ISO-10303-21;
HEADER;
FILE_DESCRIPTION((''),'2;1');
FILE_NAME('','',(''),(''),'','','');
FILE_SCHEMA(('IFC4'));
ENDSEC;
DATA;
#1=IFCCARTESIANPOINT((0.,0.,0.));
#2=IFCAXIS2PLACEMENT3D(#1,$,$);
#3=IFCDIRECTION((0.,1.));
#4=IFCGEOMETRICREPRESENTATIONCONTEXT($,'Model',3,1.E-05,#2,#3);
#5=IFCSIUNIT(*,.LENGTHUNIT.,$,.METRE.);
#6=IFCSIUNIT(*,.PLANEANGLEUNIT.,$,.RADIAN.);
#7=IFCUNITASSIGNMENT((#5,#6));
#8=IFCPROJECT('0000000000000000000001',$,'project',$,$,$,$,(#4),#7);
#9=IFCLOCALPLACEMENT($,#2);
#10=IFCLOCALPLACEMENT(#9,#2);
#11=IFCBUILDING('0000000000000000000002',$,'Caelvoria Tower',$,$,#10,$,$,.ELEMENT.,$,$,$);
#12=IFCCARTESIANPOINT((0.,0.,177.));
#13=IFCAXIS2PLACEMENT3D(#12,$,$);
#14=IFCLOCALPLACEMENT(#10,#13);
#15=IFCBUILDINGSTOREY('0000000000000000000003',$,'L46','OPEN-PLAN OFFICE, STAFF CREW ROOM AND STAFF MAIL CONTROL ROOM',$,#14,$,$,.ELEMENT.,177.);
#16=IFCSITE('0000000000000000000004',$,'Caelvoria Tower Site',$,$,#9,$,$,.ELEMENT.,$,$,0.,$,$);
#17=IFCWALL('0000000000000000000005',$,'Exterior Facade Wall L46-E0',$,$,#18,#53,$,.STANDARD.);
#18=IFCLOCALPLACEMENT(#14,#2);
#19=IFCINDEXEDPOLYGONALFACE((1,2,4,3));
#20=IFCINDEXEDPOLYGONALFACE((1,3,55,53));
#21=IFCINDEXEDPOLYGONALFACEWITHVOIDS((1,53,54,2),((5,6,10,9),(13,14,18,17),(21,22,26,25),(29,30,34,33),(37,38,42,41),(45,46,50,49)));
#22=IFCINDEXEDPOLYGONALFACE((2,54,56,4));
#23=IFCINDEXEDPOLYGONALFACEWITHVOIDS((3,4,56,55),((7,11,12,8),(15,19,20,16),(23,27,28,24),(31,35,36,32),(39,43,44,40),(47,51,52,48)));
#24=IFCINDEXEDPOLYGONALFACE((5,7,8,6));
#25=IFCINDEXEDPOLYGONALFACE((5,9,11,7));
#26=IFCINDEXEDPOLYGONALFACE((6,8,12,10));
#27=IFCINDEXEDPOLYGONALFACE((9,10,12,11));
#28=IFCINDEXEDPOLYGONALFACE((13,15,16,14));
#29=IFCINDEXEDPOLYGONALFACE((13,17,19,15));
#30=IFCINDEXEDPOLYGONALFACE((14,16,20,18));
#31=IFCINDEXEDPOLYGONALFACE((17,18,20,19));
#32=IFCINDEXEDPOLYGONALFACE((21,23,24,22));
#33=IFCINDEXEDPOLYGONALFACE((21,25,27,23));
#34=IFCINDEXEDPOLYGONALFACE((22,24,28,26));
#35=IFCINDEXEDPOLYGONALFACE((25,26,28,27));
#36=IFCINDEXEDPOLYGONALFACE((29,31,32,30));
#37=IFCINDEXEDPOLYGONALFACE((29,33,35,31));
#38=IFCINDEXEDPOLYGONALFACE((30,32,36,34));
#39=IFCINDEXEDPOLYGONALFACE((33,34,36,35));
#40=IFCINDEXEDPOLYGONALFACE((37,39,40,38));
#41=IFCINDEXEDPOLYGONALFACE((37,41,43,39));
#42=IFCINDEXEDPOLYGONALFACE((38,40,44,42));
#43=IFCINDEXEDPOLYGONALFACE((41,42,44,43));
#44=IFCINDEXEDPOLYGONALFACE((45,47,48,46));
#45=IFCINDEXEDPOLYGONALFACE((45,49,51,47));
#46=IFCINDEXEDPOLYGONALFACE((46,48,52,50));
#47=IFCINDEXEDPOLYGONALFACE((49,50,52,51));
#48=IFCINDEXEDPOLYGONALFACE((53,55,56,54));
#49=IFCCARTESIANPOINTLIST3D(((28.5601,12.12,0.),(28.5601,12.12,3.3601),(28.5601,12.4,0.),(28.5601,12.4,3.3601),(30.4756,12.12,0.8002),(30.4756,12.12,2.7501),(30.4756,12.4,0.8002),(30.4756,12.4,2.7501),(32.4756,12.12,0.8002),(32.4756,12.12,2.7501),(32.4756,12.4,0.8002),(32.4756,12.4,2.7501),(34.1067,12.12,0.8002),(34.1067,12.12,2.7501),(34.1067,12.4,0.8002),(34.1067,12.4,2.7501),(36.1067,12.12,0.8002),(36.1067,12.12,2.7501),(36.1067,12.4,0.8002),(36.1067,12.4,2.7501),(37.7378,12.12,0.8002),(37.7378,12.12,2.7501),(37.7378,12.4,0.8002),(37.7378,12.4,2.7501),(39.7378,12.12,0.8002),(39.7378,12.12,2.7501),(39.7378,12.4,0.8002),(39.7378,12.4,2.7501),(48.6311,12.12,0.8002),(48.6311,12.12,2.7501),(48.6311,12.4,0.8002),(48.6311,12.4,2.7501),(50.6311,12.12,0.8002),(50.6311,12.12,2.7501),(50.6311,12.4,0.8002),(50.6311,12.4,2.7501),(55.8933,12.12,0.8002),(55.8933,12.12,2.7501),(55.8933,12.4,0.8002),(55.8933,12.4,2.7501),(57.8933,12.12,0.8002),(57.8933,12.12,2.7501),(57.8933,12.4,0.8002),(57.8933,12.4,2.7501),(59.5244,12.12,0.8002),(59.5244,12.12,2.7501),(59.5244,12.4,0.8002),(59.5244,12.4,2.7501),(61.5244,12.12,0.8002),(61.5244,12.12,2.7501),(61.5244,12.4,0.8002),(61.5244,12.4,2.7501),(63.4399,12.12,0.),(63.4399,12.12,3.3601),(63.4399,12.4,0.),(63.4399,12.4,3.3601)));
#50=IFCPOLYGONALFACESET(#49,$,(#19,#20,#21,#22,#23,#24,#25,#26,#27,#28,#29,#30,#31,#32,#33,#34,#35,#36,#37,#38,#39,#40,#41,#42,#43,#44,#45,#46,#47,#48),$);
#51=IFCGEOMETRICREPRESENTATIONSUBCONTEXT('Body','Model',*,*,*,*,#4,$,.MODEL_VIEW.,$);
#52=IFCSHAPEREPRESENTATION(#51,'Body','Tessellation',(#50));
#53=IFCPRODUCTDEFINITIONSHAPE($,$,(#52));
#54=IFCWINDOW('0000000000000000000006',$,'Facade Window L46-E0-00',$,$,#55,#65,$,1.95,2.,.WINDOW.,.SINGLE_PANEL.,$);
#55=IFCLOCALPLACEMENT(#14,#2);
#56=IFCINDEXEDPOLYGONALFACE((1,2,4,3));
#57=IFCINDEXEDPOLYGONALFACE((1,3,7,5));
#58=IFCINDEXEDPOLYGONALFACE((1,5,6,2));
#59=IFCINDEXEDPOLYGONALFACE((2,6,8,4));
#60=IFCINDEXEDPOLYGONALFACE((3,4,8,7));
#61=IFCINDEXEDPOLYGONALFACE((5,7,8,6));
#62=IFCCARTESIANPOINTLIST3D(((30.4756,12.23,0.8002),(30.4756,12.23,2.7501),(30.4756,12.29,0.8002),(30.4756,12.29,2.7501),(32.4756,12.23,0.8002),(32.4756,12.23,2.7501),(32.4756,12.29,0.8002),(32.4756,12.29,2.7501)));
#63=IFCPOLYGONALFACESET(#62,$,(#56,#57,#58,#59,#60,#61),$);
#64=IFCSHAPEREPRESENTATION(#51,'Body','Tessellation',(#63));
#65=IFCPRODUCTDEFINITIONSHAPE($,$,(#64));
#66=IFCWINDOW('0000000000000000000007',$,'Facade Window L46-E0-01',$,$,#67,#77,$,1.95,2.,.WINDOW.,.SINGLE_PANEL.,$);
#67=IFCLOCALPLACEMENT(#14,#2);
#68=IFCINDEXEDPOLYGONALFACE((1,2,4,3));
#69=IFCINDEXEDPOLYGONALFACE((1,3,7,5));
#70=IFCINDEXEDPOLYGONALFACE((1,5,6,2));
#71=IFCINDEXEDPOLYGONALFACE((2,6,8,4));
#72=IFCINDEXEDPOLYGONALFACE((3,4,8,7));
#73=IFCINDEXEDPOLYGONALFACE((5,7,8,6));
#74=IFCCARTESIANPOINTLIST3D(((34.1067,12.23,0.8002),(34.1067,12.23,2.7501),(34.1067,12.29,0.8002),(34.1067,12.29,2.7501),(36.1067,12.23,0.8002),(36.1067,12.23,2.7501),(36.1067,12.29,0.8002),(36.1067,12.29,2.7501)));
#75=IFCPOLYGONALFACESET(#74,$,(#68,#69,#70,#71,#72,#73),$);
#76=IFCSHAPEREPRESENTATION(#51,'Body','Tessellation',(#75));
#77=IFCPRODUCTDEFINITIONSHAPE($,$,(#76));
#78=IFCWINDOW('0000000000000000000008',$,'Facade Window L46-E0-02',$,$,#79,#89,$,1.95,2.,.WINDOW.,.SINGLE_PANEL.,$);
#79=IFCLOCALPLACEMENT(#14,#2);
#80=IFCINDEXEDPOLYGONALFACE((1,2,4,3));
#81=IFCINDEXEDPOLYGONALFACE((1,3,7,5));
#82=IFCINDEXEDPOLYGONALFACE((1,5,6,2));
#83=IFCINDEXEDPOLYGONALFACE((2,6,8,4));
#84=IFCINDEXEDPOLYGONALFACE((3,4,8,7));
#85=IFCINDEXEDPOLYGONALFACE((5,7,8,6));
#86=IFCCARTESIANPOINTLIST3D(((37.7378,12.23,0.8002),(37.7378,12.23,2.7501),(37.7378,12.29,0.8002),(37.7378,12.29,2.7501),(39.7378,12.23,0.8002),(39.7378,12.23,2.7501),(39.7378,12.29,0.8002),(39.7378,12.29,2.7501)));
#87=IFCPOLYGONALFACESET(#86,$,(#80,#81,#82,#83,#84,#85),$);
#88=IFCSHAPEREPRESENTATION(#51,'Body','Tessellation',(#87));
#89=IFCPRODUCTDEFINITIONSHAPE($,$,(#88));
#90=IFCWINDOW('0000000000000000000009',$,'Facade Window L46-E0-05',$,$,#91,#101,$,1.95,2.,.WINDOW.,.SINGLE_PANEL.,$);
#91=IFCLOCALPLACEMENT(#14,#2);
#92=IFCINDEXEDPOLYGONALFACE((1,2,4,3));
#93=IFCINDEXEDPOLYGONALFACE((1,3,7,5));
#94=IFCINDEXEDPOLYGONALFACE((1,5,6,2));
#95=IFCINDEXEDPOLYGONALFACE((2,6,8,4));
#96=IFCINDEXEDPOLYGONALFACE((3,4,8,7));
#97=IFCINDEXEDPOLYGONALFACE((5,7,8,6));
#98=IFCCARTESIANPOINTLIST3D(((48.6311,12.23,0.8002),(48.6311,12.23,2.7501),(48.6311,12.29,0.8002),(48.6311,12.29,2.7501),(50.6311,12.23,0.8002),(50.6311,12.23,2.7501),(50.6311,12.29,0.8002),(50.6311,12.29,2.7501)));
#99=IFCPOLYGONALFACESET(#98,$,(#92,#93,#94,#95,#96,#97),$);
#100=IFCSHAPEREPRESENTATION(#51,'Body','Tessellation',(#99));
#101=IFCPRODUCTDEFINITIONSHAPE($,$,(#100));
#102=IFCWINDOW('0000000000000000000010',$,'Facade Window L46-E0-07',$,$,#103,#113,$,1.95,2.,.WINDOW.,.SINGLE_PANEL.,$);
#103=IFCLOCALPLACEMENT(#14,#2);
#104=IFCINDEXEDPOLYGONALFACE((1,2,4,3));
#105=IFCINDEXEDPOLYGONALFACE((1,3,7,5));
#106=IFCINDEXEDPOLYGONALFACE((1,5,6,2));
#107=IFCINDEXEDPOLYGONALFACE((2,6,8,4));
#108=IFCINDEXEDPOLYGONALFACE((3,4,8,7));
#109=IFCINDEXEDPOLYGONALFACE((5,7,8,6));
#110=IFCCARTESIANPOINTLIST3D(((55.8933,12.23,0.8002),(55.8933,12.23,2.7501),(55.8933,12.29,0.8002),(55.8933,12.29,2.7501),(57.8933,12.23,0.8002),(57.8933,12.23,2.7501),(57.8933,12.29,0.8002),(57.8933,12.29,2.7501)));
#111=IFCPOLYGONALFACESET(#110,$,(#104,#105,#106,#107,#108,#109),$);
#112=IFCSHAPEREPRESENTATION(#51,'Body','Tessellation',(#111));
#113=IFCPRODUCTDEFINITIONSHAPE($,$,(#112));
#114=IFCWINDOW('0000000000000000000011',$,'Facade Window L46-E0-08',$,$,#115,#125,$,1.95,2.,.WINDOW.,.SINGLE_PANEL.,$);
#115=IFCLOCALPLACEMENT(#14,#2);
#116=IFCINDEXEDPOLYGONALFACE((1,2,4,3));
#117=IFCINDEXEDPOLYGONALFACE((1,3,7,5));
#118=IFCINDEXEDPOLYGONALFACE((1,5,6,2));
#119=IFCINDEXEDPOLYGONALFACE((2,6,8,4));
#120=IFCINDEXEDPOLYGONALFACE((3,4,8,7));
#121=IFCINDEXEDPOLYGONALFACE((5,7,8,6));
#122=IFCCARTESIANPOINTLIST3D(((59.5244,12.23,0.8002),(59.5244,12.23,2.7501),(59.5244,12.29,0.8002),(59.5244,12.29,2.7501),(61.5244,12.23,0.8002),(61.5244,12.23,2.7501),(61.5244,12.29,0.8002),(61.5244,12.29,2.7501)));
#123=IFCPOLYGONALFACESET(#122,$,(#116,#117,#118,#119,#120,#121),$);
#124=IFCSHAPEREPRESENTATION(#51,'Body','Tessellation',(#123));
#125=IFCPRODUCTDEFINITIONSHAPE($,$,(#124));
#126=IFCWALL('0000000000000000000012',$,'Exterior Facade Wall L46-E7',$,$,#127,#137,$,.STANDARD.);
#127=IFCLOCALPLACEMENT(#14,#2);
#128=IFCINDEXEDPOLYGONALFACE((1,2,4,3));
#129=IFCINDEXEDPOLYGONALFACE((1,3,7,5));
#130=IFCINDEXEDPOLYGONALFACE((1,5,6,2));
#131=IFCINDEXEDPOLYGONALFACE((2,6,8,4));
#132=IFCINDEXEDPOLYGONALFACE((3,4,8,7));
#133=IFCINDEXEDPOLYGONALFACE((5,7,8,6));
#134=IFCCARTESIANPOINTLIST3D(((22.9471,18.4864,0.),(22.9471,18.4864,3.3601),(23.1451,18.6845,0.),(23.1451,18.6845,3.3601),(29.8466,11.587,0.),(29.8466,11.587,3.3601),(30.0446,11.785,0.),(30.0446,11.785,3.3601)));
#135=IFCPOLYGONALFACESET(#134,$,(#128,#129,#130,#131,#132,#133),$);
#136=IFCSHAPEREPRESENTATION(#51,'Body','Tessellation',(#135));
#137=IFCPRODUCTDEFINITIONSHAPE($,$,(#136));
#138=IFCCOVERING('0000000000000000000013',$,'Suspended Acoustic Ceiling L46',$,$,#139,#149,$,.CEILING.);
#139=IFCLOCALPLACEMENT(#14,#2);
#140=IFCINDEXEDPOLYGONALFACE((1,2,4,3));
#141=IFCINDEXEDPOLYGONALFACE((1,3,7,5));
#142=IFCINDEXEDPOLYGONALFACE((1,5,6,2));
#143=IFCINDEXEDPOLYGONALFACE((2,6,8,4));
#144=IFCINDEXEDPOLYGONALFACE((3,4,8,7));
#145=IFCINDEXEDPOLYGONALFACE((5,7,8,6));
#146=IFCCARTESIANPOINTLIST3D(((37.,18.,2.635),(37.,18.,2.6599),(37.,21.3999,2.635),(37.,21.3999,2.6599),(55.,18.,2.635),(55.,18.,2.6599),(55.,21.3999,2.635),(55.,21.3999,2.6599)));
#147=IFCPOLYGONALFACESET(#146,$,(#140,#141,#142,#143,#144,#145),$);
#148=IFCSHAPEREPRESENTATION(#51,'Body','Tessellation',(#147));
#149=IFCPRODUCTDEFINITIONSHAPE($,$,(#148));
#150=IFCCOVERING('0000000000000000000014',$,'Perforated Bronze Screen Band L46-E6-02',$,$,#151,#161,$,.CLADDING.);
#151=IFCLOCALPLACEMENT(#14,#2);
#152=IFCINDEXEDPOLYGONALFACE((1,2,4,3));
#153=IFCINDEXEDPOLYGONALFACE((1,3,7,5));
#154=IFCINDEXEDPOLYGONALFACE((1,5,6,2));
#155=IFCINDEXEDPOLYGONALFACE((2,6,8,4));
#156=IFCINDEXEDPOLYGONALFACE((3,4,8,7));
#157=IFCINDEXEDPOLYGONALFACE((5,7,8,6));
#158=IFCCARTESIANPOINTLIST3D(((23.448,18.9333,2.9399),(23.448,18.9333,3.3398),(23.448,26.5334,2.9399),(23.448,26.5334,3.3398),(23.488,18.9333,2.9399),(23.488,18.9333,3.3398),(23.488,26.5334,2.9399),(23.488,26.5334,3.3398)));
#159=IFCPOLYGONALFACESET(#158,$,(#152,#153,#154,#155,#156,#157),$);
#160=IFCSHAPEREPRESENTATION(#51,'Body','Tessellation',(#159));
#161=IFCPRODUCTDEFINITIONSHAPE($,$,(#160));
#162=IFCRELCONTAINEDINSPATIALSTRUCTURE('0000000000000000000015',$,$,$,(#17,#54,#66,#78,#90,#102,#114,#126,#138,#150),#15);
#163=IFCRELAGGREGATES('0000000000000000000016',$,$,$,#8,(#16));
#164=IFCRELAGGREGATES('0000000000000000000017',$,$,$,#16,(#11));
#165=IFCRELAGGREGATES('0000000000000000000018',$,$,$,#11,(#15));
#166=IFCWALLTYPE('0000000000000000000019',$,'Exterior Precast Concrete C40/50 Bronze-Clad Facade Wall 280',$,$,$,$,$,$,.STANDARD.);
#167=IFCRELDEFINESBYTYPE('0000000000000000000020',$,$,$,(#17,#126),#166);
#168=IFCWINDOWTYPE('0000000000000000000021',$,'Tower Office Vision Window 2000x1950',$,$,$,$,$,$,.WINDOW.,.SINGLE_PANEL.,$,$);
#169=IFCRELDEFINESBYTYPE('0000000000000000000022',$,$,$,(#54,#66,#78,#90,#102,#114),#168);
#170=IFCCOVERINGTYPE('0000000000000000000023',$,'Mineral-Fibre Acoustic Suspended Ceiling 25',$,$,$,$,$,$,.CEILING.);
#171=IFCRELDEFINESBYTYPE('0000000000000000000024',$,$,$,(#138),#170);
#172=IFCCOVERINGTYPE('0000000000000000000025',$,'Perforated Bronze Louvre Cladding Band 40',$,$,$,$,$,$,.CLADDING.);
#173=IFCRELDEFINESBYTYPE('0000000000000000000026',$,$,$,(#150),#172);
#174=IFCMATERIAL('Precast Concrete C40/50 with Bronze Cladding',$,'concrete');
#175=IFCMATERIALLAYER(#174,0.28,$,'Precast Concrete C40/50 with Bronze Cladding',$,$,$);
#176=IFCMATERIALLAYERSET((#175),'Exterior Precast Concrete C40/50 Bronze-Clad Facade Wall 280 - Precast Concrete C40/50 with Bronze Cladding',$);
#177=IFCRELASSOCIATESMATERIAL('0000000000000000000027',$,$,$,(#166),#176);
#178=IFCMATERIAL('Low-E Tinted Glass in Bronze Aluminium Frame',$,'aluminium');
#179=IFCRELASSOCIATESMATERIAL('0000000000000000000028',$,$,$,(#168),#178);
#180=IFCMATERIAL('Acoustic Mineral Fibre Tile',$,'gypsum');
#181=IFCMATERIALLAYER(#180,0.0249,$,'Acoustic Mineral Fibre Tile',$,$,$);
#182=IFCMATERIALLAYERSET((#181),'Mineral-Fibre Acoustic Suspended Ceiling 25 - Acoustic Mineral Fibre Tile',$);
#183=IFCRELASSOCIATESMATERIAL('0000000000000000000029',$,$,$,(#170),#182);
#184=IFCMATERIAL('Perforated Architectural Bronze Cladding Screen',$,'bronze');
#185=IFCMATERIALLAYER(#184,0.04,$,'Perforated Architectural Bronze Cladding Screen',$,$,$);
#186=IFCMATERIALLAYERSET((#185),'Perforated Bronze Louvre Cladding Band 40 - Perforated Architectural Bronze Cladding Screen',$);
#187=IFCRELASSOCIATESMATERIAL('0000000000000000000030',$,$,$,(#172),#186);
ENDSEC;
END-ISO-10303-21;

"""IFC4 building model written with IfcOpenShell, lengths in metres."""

from ifc_helpers import new_model, si_unit, direction, frame, frame_2d, origin, origin_2d, place, context, subcontext, project, spatial, polyline, rectangle, outline, extrude, material, layer, layer_set, type_object, element, fill, save


model = new_model("IFC4")

# Units and contexts
model_context = context("Model", 3, precision=1e-05, world=origin(), true_north=direction((0.0, 1.0)))
body_context = subcontext(model_context, "Body", "Model", "MODEL_VIEW")
ifc_project = project(units=[si_unit("LENGTHUNIT", "METRE"), si_unit("PLANEANGLEUNIT", "RADIAN")], contexts=[model_context])

# Site, building, storey
site_placement = place(None, origin())
site = spatial("IfcSite", under=ifc_project, at=site_placement, Name="Caelvoria Tower Site", CompositionType="ELEMENT", RefElevation=0.0)
building_placement = place(site_placement, origin())
building = spatial("IfcBuilding", under=site, at=building_placement, Name="Caelvoria Tower", CompositionType="ELEMENT")
storey_placement = place(building_placement, frame((0.0, 0.0, 177.0)))
storey = spatial("IfcBuildingStorey", under=building, at=storey_placement, Name="L46", Description="OPEN-PLAN OFFICE, STAFF CREW ROOM AND STAFF MAIL CONTROL ROOM", CompositionType="ELEMENT", Elevation=177.0)

# Wall, openings, windows
ifc_material_1 = material(Name="Precast Concrete C40/50 with Bronze Cladding", Category="concrete")
ifc_layer_1 = layer(ifc_material_1, 0.28, Name="Precast Concrete C40/50 with Bronze Cladding")
ifc_layer_set_1 = layer_set([ifc_layer_1], Name="Exterior Precast Concrete C40/50 Bronze-Clad Facade Wall 280 - Precast Concrete C40/50 with Bronze Cladding")
wall_type = type_object("IfcWallType", Name="Exterior Precast Concrete C40/50 Bronze-Clad Facade Wall 280", PredefinedType="STANDARD", material=ifc_layer_set_1)
wall_1_placement = place(storey_placement, frame((28.5601, 12.26, 0.0), z_axis=(0.0, 0.0, 1.0), x_axis=(1.0, 0.0, 0.0)))
wall_1 = element("IfcWall", 1, at=wall_1_placement, inside=storey, type_object=wall_type, Name="Exterior Facade Wall L46-E0", PredefinedType="STANDARD", context=body_context, shape_type="SweptSolid", body=[
    extrude(rectangle(XDim=34.8799, YDim=0.28, at=frame_2d((17.4399, 0.0))), origin(), (0.0, 0.0, 1.0), 3.3601),
])
opening_1_placement = place(wall_1_placement, frame((1.9155, 0.0, 0.8)))
opening_1 = element("IfcOpeningElement", 2, at=opening_1_placement, cuts=wall_1, PredefinedType="OPENING", context=body_context, shape_type="SweptSolid", body=[
    extrude(rectangle(XDim=2.0, YDim=1.95, at=frame_2d((1.0, 0.9751))), frame((0.0, 0.1499, 0.0), z_axis=(0.0, -1.0, 0.0), x_axis=(1.0, 0.0, 0.0)), (0.0, 0.0, 1.0), 0.3),
])
opening_2_placement = place(wall_1_placement, frame((5.5466, 0.0, 0.8)))
opening_2 = element("IfcOpeningElement", 3, at=opening_2_placement, cuts=wall_1, PredefinedType="OPENING", context=body_context, shape_type="SweptSolid", body=[
    extrude(rectangle(XDim=2.0, YDim=1.95, at=frame_2d((1.0, 0.9751))), frame((0.0, 0.1499, 0.0), z_axis=(0.0, -1.0, 0.0), x_axis=(1.0, 0.0, 0.0)), (0.0, 0.0, 1.0), 0.3),
])
opening_3_placement = place(wall_1_placement, frame((9.1777, 0.0, 0.8)))
opening_3 = element("IfcOpeningElement", 4, at=opening_3_placement, cuts=wall_1, PredefinedType="OPENING", context=body_context, shape_type="SweptSolid", body=[
    extrude(rectangle(XDim=2.0, YDim=1.95, at=frame_2d((1.0, 0.9751))), frame((0.0, 0.1499, 0.0), z_axis=(0.0, -1.0, 0.0), x_axis=(1.0, 0.0, 0.0)), (0.0, 0.0, 1.0), 0.3),
])
opening_4_placement = place(wall_1_placement, frame((20.071, 0.0, 0.8)))
opening_4 = element("IfcOpeningElement", 5, at=opening_4_placement, cuts=wall_1, PredefinedType="OPENING", context=body_context, shape_type="SweptSolid", body=[
    extrude(rectangle(XDim=2.0, YDim=1.95, at=frame_2d((1.0, 0.9751))), frame((0.0, 0.1499, 0.0), z_axis=(0.0, -1.0, 0.0), x_axis=(1.0, 0.0, 0.0)), (0.0, 0.0, 1.0), 0.3),
])
opening_5_placement = place(wall_1_placement, frame((27.3333, 0.0, 0.8)))
opening_5 = element("IfcOpeningElement", 6, at=opening_5_placement, cuts=wall_1, PredefinedType="OPENING", context=body_context, shape_type="SweptSolid", body=[
    extrude(rectangle(XDim=2.0, YDim=1.95, at=frame_2d((1.0, 0.9751))), frame((0.0, 0.1499, 0.0), z_axis=(0.0, -1.0, 0.0), x_axis=(1.0, 0.0, 0.0)), (0.0, 0.0, 1.0), 0.3),
])
opening_6_placement = place(wall_1_placement, frame((30.9644, 0.0, 0.8)))
opening_6 = element("IfcOpeningElement", 7, at=opening_6_placement, cuts=wall_1, PredefinedType="OPENING", context=body_context, shape_type="SweptSolid", body=[
    extrude(rectangle(XDim=2.0, YDim=1.95, at=frame_2d((1.0, 0.9751))), frame((0.0, 0.1499, 0.0), z_axis=(0.0, -1.0, 0.0), x_axis=(1.0, 0.0, 0.0)), (0.0, 0.0, 1.0), 0.3),
])
ifc_material_2 = material(Name="Low-E Tinted Glass in Bronze Aluminium Frame", Category="aluminium")
window_type = type_object("IfcWindowType", Name="Tower Office Vision Window 2000x1950", PartitioningType="SINGLE_PANEL", PredefinedType="WINDOW", material=ifc_material_2)
window_1_placement = place(opening_1_placement, origin())
window_1 = element("IfcWindow", 8, at=window_1_placement, inside=storey, type_object=window_type, Name="Facade Window L46-E0-00", OverallHeight=1.95, OverallWidth=2.0, PartitioningType="SINGLE_PANEL", PredefinedType="WINDOW", context=body_context, shape_type="SweptSolid", body=[
    extrude(rectangle(XDim=2.0, YDim=1.95, at=frame_2d((1.0, 0.9751))), frame((0.0, 0.03, 0.0), z_axis=(0.0, -1.0, 0.0), x_axis=(1.0, 0.0, 0.0)), (0.0, 0.0, 1.0), 0.0601),
])
fill(opening_1, window_1)
window_2_placement = place(opening_2_placement, origin())
window_2 = element("IfcWindow", 9, at=window_2_placement, inside=storey, type_object=window_type, Name="Facade Window L46-E0-01", OverallHeight=1.95, OverallWidth=2.0, PartitioningType="SINGLE_PANEL", PredefinedType="WINDOW", context=body_context, shape_type="SweptSolid", body=[
    extrude(rectangle(XDim=2.0, YDim=1.95, at=frame_2d((1.0, 0.9751))), frame((0.0, 0.03, 0.0), z_axis=(0.0, -1.0, 0.0), x_axis=(1.0, 0.0, 0.0)), (0.0, 0.0, 1.0), 0.0601),
])
fill(opening_2, window_2)
window_3_placement = place(opening_3_placement, origin())
window_3 = element("IfcWindow", 10, at=window_3_placement, inside=storey, type_object=window_type, Name="Facade Window L46-E0-02", OverallHeight=1.95, OverallWidth=2.0, PartitioningType="SINGLE_PANEL", PredefinedType="WINDOW", context=body_context, shape_type="SweptSolid", body=[
    extrude(rectangle(XDim=2.0, YDim=1.95, at=frame_2d((1.0, 0.9751))), frame((0.0, 0.03, 0.0), z_axis=(0.0, -1.0, 0.0), x_axis=(1.0, 0.0, 0.0)), (0.0, 0.0, 1.0), 0.0601),
])
fill(opening_3, window_3)
window_4_placement = place(opening_4_placement, origin())
window_4 = element("IfcWindow", 11, at=window_4_placement, inside=storey, type_object=window_type, Name="Facade Window L46-E0-05", OverallHeight=1.95, OverallWidth=2.0, PartitioningType="SINGLE_PANEL", PredefinedType="WINDOW", context=body_context, shape_type="SweptSolid", body=[
    extrude(rectangle(XDim=2.0, YDim=1.95, at=frame_2d((1.0, 0.9751))), frame((0.0, 0.03, 0.0), z_axis=(0.0, -1.0, 0.0), x_axis=(1.0, 0.0, 0.0)), (0.0, 0.0, 1.0), 0.0601),
])
fill(opening_4, window_4)
window_5_placement = place(opening_5_placement, origin())
window_5 = element("IfcWindow", 12, at=window_5_placement, inside=storey, type_object=window_type, Name="Facade Window L46-E0-07", OverallHeight=1.95, OverallWidth=2.0, PartitioningType="SINGLE_PANEL", PredefinedType="WINDOW", context=body_context, shape_type="SweptSolid", body=[
    extrude(rectangle(XDim=2.0, YDim=1.95, at=frame_2d((1.0, 0.9751))), frame((0.0, 0.03, 0.0), z_axis=(0.0, -1.0, 0.0), x_axis=(1.0, 0.0, 0.0)), (0.0, 0.0, 1.0), 0.0601),
])
fill(opening_5, window_5)
window_6_placement = place(opening_6_placement, origin())
window_6 = element("IfcWindow", 13, at=window_6_placement, inside=storey, type_object=window_type, Name="Facade Window L46-E0-08", OverallHeight=1.95, OverallWidth=2.0, PartitioningType="SINGLE_PANEL", PredefinedType="WINDOW", context=body_context, shape_type="SweptSolid", body=[
    extrude(rectangle(XDim=2.0, YDim=1.95, at=frame_2d((1.0, 0.9751))), frame((0.0, 0.03, 0.0), z_axis=(0.0, -1.0, 0.0), x_axis=(1.0, 0.0, 0.0)), (0.0, 0.0, 1.0), 0.0601),
])
fill(opening_6, window_6)

# Wall
wall_2_placement = place(storey_placement, frame((23.0461, 18.5854, 0.0), z_axis=(0.0, 0.0, 1.0), x_axis=(0.707107, -0.707107, 0.0)))
element("IfcWall", 14, at=wall_2_placement, inside=storey, type_object=wall_type, Name="Exterior Facade Wall L46-E7", PredefinedType="STANDARD", context=body_context, shape_type="SweptSolid", body=[
    extrude(rectangle(XDim=9.7573, YDim=0.28, at=frame_2d((4.8787, 0.0))), origin(), (0.0, 0.0, 1.0), 3.3601),
])

# Coverings
ifc_material_3 = material(Name="Acoustic Mineral Fibre Tile", Category="gypsum")
ifc_layer_2 = layer(ifc_material_3, 0.0249, Name="Acoustic Mineral Fibre Tile")
ifc_layer_set_2 = layer_set([ifc_layer_2], Name="Mineral-Fibre Acoustic Suspended Ceiling 25 - Acoustic Mineral Fibre Tile")
covering_type_1 = type_object("IfcCoveringType", Name="Mineral-Fibre Acoustic Suspended Ceiling 25", PredefinedType="CEILING", material=ifc_layer_set_2)
covering_1_placement = place(storey_placement, frame((0.0, 0.0, 2.635)))
element("IfcCovering", 15, at=covering_1_placement, inside=storey, type_object=covering_type_1, Name="Suspended Acoustic Ceiling L46", PredefinedType="CEILING", context=body_context, shape_type="SweptSolid", body=[
    extrude(outline(polyline([(37.0, 18.0), (55.0, 18.0), (55.0, 21.3999), (37.0, 21.3999), (37.0, 18.0)])), origin(), (0.0, 0.0, 1.0), 0.0249),
])
ifc_material_4 = material(Name="Perforated Architectural Bronze Cladding Screen", Category="bronze")
ifc_layer_3 = layer(ifc_material_4, 0.04, Name="Perforated Architectural Bronze Cladding Screen")
ifc_layer_set_3 = layer_set([ifc_layer_3], Name="Perforated Bronze Louvre Cladding Band 40 - Perforated Architectural Bronze Cladding Screen")
covering_type_2 = type_object("IfcCoveringType", Name="Perforated Bronze Louvre Cladding Band 40", PredefinedType="CLADDING", material=ifc_layer_set_3)
covering_2_placement = place(storey_placement, frame((23.468, 22.7334, 2.9399), z_axis=(0.0, 0.0, 1.0), x_axis=(0.0, -1.0, 0.0)))
element("IfcCovering", 16, at=covering_2_placement, inside=storey, type_object=covering_type_2, Name="Perforated Bronze Screen Band L46-E6-02", PredefinedType="CLADDING", context=body_context, shape_type="SweptSolid", body=[
    extrude(rectangle(XDim=7.6001, YDim=0.04, at=origin_2d()), origin(), (0.0, 0.0, 1.0), 0.3999),
])

save(model, "model.ifc")
